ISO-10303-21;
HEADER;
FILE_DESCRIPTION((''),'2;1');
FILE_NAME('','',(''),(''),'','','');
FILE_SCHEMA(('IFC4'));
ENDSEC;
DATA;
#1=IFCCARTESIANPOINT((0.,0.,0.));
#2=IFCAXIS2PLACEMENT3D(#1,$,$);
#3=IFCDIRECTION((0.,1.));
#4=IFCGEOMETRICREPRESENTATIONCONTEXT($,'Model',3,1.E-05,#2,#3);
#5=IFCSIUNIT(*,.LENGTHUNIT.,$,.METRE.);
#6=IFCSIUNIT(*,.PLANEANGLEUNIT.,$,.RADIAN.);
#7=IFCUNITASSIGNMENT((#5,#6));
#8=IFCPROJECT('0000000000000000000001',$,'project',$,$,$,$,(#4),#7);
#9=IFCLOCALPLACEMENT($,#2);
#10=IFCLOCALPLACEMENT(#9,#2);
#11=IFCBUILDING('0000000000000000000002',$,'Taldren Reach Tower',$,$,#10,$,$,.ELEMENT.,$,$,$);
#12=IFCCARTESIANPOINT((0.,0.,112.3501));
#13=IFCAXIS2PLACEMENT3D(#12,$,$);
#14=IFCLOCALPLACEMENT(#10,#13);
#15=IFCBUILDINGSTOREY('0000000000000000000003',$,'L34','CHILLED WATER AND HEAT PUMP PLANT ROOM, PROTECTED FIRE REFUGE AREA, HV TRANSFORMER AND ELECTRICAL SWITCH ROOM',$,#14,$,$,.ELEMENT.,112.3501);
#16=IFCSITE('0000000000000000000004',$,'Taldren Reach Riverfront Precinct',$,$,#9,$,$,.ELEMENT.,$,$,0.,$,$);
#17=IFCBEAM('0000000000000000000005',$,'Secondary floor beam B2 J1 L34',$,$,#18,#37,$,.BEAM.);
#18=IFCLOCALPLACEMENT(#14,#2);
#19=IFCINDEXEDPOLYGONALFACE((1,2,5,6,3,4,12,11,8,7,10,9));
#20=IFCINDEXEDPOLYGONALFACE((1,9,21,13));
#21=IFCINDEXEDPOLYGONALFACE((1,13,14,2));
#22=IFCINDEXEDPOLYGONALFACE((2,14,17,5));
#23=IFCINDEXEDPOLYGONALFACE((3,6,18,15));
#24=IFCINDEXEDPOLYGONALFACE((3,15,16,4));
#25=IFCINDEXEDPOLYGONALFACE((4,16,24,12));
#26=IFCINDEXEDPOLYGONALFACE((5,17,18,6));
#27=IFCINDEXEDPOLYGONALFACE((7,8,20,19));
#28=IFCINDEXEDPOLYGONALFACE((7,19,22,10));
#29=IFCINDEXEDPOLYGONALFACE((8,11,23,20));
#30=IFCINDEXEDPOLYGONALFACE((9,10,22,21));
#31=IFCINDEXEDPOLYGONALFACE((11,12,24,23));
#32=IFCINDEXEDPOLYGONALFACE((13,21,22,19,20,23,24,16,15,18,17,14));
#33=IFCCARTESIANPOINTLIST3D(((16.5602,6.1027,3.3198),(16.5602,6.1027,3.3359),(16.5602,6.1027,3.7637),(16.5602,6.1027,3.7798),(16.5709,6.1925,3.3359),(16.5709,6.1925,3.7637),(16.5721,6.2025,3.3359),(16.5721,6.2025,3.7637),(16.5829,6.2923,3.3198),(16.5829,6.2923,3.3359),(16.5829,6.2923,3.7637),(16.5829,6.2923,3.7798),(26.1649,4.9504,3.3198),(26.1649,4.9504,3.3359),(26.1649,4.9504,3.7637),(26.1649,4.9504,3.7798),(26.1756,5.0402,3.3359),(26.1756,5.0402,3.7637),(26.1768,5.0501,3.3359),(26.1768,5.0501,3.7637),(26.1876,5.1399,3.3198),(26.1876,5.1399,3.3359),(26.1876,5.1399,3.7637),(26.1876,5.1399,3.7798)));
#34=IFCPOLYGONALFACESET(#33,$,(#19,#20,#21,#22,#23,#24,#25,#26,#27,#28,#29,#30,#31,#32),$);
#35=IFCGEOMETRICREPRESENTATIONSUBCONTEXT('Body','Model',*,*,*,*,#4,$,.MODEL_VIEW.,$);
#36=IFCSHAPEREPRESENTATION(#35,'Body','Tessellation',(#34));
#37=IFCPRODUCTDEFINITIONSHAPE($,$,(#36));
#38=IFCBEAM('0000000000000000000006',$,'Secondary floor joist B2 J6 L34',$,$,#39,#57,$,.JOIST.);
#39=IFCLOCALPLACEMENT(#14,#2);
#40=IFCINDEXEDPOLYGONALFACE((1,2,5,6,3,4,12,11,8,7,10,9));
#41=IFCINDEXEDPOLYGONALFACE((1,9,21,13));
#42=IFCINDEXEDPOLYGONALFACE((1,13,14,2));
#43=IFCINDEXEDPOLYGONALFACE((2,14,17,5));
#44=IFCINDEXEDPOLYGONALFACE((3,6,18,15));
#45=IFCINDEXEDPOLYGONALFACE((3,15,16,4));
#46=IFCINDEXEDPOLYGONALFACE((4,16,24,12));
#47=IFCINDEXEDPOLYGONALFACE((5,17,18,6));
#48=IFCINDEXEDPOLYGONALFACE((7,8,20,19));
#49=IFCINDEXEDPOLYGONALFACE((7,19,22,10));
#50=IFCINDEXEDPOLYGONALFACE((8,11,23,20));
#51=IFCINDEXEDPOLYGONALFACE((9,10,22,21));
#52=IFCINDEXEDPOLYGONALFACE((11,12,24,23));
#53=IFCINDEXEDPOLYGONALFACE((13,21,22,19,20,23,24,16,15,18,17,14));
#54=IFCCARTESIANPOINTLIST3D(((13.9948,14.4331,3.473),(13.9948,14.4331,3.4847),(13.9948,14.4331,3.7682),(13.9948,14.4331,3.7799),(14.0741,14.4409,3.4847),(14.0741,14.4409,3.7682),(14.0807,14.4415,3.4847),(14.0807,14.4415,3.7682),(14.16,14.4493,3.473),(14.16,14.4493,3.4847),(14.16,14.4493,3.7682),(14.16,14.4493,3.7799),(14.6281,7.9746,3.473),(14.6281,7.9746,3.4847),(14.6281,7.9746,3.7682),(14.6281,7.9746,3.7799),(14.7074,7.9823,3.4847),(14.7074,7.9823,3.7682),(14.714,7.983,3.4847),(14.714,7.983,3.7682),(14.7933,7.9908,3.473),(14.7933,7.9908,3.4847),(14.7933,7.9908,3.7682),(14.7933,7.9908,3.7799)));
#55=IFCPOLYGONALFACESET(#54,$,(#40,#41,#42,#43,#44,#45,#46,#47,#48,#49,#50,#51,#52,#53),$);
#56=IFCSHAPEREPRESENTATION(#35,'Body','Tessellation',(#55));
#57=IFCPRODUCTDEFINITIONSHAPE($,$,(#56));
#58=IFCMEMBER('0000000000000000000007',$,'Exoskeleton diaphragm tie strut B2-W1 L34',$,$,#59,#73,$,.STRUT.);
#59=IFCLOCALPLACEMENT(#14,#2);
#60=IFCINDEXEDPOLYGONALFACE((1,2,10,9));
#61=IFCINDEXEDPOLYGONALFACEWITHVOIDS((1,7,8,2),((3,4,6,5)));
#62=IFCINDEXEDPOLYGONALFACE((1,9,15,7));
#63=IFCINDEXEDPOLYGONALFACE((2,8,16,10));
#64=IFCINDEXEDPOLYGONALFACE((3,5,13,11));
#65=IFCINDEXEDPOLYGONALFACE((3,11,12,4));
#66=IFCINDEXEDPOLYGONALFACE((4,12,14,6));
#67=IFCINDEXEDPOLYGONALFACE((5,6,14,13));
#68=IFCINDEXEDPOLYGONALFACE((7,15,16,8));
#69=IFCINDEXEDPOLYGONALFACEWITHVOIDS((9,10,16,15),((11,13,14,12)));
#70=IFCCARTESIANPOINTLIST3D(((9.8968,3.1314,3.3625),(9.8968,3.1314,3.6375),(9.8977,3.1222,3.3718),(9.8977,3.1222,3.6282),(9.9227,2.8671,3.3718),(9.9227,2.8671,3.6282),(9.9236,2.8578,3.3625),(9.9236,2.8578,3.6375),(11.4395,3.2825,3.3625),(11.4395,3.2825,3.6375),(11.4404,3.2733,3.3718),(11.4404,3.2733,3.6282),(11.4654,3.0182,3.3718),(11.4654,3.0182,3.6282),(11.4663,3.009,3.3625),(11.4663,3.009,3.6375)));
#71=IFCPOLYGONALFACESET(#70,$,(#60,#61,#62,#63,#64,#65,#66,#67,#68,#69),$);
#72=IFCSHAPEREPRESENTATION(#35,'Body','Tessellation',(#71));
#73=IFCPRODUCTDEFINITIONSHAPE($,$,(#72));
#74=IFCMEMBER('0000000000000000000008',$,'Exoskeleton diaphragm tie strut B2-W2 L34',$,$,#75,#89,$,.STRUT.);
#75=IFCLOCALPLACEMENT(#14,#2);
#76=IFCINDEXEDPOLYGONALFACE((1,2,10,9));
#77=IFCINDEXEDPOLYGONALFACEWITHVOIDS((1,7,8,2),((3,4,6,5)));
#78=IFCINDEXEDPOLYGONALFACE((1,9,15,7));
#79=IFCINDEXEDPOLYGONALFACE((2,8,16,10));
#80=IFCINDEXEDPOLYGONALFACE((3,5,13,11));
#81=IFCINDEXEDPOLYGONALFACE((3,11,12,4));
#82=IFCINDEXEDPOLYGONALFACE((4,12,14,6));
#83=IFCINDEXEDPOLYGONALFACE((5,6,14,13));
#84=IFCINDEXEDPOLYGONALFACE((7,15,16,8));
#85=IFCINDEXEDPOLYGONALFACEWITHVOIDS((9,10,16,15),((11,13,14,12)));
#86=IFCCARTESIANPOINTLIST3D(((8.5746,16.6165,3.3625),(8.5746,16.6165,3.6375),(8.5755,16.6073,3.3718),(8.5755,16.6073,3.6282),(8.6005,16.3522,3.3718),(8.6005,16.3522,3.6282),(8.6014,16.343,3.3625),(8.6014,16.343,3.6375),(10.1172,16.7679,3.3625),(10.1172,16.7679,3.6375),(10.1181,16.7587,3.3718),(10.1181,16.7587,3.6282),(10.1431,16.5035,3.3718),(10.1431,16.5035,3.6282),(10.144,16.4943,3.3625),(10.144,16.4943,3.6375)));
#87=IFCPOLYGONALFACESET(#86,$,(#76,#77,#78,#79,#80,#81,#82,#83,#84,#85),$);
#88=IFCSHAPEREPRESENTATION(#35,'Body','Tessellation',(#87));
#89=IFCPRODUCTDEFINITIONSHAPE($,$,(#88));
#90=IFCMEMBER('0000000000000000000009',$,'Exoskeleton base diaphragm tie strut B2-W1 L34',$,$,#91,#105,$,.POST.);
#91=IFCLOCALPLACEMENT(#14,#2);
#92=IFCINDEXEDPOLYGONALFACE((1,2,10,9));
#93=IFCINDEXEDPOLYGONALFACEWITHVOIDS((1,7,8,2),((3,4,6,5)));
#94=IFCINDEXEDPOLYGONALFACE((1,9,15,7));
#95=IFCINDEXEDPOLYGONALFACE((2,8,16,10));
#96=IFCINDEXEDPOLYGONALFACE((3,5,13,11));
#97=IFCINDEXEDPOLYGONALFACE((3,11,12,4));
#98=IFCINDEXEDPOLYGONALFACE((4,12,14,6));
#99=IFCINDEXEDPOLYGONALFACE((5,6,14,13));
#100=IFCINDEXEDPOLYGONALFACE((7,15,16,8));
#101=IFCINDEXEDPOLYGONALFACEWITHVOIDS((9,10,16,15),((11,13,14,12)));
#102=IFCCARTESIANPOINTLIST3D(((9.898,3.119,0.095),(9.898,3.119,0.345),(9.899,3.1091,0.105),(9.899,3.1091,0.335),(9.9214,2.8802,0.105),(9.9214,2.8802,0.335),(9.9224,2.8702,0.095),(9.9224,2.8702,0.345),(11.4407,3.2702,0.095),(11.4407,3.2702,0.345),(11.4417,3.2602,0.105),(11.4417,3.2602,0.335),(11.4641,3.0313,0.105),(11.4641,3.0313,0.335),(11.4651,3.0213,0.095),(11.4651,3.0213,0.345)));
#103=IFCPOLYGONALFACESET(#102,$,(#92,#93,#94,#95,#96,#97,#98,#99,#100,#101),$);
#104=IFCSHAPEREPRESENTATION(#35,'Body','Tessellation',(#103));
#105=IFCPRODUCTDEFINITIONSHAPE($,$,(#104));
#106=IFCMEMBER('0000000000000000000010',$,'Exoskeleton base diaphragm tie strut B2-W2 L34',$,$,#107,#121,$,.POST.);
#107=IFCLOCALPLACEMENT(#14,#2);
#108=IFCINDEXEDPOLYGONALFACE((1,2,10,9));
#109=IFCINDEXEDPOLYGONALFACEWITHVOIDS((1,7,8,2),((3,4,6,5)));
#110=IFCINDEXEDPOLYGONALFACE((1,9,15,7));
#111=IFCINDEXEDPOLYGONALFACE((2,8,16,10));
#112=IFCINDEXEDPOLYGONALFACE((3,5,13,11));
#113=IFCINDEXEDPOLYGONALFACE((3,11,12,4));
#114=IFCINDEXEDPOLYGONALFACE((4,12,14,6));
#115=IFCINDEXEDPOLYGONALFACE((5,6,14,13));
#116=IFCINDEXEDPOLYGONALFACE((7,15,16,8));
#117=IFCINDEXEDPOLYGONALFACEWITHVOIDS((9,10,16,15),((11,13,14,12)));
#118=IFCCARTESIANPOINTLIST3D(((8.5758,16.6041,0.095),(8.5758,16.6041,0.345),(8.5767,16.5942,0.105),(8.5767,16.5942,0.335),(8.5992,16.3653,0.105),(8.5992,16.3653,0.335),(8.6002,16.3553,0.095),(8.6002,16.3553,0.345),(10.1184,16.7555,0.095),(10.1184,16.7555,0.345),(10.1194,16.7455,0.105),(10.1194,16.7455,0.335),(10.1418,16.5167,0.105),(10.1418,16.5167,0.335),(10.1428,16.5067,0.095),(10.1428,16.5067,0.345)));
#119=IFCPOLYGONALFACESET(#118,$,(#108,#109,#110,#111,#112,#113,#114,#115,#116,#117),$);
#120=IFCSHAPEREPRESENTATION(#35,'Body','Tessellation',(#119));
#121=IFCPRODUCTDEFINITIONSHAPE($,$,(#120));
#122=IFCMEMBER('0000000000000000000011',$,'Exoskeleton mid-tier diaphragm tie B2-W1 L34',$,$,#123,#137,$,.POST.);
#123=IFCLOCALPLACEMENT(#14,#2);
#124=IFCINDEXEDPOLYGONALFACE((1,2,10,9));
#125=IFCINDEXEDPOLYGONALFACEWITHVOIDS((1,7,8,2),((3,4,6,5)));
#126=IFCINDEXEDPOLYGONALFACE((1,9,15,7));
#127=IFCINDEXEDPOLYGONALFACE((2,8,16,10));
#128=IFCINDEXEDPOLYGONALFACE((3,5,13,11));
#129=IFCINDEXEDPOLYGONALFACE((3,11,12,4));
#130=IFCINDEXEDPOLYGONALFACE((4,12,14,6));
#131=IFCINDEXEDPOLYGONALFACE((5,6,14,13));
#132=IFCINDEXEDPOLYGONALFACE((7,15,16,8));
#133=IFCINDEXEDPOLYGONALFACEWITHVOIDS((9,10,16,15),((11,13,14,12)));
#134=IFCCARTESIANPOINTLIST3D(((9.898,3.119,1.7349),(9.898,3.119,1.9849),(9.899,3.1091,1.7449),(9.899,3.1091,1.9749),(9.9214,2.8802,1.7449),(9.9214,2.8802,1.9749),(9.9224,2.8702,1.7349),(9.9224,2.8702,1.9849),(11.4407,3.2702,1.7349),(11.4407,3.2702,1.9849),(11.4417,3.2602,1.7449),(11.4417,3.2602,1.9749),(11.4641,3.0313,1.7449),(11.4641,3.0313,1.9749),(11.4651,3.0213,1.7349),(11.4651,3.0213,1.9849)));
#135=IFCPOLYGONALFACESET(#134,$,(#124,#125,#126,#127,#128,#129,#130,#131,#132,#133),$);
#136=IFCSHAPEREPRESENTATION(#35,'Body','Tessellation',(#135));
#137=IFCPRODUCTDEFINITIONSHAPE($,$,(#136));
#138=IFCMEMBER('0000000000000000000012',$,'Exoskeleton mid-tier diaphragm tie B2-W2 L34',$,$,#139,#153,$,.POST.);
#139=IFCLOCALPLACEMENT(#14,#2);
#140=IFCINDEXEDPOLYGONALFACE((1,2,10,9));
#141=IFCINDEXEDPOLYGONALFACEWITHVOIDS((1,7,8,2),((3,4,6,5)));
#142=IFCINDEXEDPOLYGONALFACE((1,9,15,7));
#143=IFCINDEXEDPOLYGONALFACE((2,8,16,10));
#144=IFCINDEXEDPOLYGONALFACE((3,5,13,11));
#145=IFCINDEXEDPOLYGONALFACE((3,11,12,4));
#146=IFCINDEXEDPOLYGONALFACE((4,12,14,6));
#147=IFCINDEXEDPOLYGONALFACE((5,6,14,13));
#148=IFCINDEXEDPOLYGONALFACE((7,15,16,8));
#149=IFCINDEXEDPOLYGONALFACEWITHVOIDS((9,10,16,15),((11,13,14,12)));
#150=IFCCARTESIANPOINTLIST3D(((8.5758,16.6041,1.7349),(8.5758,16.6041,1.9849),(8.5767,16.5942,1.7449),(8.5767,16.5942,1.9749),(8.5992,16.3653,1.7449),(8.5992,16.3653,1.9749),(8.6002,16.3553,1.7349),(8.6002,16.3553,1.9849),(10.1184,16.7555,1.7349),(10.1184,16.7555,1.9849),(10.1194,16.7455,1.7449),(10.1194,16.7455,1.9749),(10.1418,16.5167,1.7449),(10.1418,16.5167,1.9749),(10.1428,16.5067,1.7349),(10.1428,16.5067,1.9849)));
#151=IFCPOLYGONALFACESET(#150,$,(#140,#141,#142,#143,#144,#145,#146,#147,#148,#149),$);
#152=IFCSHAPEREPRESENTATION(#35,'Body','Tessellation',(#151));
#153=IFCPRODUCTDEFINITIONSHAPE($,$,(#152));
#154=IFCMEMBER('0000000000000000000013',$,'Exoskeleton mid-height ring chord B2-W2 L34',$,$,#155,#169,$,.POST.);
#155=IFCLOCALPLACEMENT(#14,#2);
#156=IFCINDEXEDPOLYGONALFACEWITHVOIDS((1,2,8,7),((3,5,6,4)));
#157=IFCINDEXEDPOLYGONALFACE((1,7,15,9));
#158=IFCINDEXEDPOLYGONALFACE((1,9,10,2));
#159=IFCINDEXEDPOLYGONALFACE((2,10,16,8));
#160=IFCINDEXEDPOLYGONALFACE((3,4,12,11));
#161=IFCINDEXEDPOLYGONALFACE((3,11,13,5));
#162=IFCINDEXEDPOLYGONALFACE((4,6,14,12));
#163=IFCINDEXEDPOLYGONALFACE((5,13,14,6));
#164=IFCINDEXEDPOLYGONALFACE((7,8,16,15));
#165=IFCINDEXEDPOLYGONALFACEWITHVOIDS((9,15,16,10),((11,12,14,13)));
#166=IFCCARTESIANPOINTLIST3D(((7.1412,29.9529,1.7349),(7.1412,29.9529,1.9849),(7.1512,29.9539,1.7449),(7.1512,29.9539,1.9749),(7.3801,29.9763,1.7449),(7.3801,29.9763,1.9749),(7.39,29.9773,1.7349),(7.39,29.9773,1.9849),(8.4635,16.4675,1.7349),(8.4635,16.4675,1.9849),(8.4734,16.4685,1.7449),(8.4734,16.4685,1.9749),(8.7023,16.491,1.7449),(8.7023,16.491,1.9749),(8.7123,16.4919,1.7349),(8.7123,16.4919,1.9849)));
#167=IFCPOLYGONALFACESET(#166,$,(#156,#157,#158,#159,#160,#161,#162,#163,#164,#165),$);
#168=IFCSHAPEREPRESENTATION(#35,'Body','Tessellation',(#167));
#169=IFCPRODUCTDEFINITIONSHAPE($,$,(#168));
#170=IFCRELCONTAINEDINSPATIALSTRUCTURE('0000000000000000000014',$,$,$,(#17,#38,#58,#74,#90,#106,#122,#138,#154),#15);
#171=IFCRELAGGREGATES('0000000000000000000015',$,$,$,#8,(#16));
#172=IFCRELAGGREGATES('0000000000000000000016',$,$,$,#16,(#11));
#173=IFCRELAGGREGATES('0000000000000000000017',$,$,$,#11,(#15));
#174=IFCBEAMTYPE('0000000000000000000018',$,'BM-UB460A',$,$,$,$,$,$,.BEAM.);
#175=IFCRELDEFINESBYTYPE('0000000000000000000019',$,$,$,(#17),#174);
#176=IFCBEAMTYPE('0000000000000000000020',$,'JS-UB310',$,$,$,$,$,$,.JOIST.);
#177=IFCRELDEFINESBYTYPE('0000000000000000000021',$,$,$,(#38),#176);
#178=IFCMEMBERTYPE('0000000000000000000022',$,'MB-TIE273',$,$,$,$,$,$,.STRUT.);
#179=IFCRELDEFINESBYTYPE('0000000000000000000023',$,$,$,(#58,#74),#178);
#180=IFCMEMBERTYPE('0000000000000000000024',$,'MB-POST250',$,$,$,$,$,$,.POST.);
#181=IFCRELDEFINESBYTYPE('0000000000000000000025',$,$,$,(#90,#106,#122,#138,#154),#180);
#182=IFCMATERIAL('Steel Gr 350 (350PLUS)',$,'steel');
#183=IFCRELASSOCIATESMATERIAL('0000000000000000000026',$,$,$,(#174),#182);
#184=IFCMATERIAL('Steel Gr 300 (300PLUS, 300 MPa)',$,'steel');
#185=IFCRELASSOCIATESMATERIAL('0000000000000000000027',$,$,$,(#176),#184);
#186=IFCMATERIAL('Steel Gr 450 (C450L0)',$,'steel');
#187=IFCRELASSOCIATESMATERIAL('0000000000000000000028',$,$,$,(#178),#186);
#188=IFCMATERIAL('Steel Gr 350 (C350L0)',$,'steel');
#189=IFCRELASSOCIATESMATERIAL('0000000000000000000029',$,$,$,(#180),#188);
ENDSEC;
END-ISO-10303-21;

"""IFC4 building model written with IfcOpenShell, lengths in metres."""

from ifc_helpers import new_model, si_unit, direction, frame, origin, origin_2d, place, context, subcontext, project, spatial, hollow_rectangle, i_section, extrude, source, transform, mapped, material, material_profile, profile_set, type_object, element, save


model = new_model("IFC4")

# Units and contexts
model_context = context("Model", 3, precision=1e-05, world=origin(), true_north=direction((0.0, 1.0)))
body_context = subcontext(model_context, "Body", "Model", "MODEL_VIEW")
ifc_project = project(units=[si_unit("LENGTHUNIT", "METRE"), si_unit("PLANEANGLEUNIT", "RADIAN")], contexts=[model_context])

# Site, building, storey
site_placement = place(None, origin())
site = spatial("IfcSite", under=ifc_project, at=site_placement, Name="Taldren Reach Riverfront Precinct", CompositionType="ELEMENT", RefElevation=0.0)
building_placement = place(site_placement, origin())
building = spatial("IfcBuilding", under=site, at=building_placement, Name="Taldren Reach Tower", CompositionType="ELEMENT")
storey_placement = place(building_placement, frame((0.0, 0.0, 112.3501)))
storey = spatial("IfcBuildingStorey", under=building, at=storey_placement, Name="L34", Description="CHILLED WATER AND HEAT PUMP PLANT ROOM, PROTECTED FIRE REFUGE AREA, HV TRANSFORMER AND ELECTRICAL SWITCH ROOM", CompositionType="ELEMENT", Elevation=112.3501)

# Shared definitions
ifc_material_1 = material(Name="Steel Gr 350 (350PLUS)", Category="steel")

# Beams
ifc_material_profile_1 = material_profile(ifc_material_1, i_section(OverallWidth=0.1909, OverallDepth=0.46, WebThickness=0.01, FlangeThickness=0.0161, at=origin_2d()), Name="460UB82.1")
ifc_profile_set_1 = profile_set([ifc_material_profile_1], Name="Steel Gr 350 (350PLUS)")
beam_type_1 = type_object("IfcBeamType", Name="BM-UB460A", PredefinedType="BEAM", material=ifc_profile_set_1)
shared_shape_1 = source(origin(), body_context, "Body", "SweptSolid", [
    extrude(i_section(OverallWidth=0.1909, OverallDepth=0.46, WebThickness=0.01, FlangeThickness=0.0161, at=origin_2d()), origin(), (0.0, 0.0, 1.0), 9.6736),
])
beam_1_placement = place(storey_placement, frame((16.5715, 6.1975, 3.5498), z_axis=(0.99288, -0.119122, 0.0), x_axis=(0.119122, 0.99288, 0.0)))
element("IfcBeam", 1, at=beam_1_placement, inside=storey, type_object=beam_type_1, Name="Secondary floor beam B2 J1 L34", PredefinedType="BEAM", context=body_context, shape_type="MappedRepresentation", body=[
    mapped(shared_shape_1, transform((0.0, 0.0, 0.0), scale=1.0)),
])
ifc_material_2 = material(Name="Steel Gr 300 (300PLUS, 300 MPa)", Category="steel")
ifc_material_profile_2 = material_profile(ifc_material_2, i_section(OverallWidth=0.166, OverallDepth=0.3069, WebThickness=0.0066, FlangeThickness=0.0117, at=origin_2d()), Name="310UB46.2")
ifc_profile_set_2 = profile_set([ifc_material_profile_2], Name="Steel Gr 300 (300PLUS, 300 MPa)")
beam_type_2 = type_object("IfcBeamType", Name="JS-UB310", PredefinedType="JOIST", material=ifc_profile_set_2)
shared_shape_2 = source(origin(), body_context, "Body", "SweptSolid", [
    extrude(i_section(OverallWidth=0.166, OverallDepth=0.3069, WebThickness=0.0066, FlangeThickness=0.0117, at=origin_2d()), origin(), (0.0, 0.0, 1.0), 6.4895),
])
beam_2_placement = place(storey_placement, frame((14.7107, 7.9827, 3.6265), z_axis=(-0.097589, 0.995227, 0.0), x_axis=(-0.995227, -0.097589, 0.0)))
element("IfcBeam", 2, at=beam_2_placement, inside=storey, type_object=beam_type_2, Name="Secondary floor joist B2 J6 L34", PredefinedType="JOIST", context=body_context, shape_type="MappedRepresentation", body=[
    mapped(shared_shape_2, transform((0.0, 0.0, 0.0), scale=1.0)),
])

# Members
ifc_material_3 = material(Name="Steel Gr 450 (C450L0)", Category="steel")
ifc_material_profile_3 = material_profile(ifc_material_3, hollow_rectangle(XDim=0.2749, YDim=0.2749, WallThickness=0.0093, at=origin_2d()), Name="275x275x9.3SHS")
ifc_profile_set_3 = profile_set([ifc_material_profile_3], Name="Steel Gr 450 (C450L0)")
member_type_1 = type_object("IfcMemberType", Name="MB-TIE273", PredefinedType="STRUT", material=ifc_profile_set_3)
shared_shape_3 = source(origin(), body_context, "Body", "SweptSolid", [
    extrude(hollow_rectangle(XDim=0.2749, YDim=0.2749, WallThickness=0.0093, at=origin_2d()), origin(), (0.0, 0.0, 1.0), 1.55),
])
for number, where, z_axis, x_axis, name in (
    (3, (11.4529, 3.1458, 3.5), (-0.995236, -0.097492, 0.0), (0.097492, -0.995236, 0.0), "Exoskeleton diaphragm tie strut B2-W1 L34"),
    (4, (10.1306, 16.6311, 3.5), (-0.995221, -0.097648, 0.0), (0.097648, -0.995221, 0.0), "Exoskeleton diaphragm tie strut B2-W2 L34"),
):
    element("IfcMember", number, at=place(storey_placement, frame(where, z_axis=z_axis, x_axis=x_axis)), inside=storey, type_object=member_type_1, Name=name, PredefinedType="STRUT", context=body_context, shape_type="MappedRepresentation", body=[
        mapped(shared_shape_3, transform((0.0, 0.0, 0.0), scale=1.0)),
    ])
ifc_material_4 = material(Name="Steel Gr 350 (C350L0)", Category="steel")
ifc_material_profile_4 = material_profile(ifc_material_4, hollow_rectangle(XDim=0.25, YDim=0.25, WallThickness=0.01, at=origin_2d()), Name="250x250x10.0SHS")
ifc_profile_set_4 = profile_set([ifc_material_profile_4], Name="Steel Gr 350 (C350L0)")
member_type_2 = type_object("IfcMemberType", Name="MB-POST250", PredefinedType="POST", material=ifc_profile_set_4)
shared_shape_4 = source(origin(), body_context, "Body", "SweptSolid", [
    extrude(hollow_rectangle(XDim=0.25, YDim=0.25, WallThickness=0.01, at=origin_2d()), origin(), (0.0, 0.0, 1.0), 1.55),
])
for number, where, z_axis, x_axis, name in (
    (5, (11.4529, 3.1458, 0.22), (-0.995236, -0.097492, 0.0), (0.097492, -0.995236, 0.0), "Exoskeleton base diaphragm tie strut B2-W1 L34"),
    (6, (10.1306, 16.6311, 0.22), (-0.995221, -0.097648, 0.0), (0.097648, -0.995221, 0.0), "Exoskeleton base diaphragm tie strut B2-W2 L34"),
    (7, (11.4529, 3.1458, 1.8599), (-0.995236, -0.097492, 0.0), (0.097492, -0.995236, 0.0), "Exoskeleton mid-tier diaphragm tie B2-W1 L34"),
    (8, (10.1306, 16.6311, 1.8599), (-0.995221, -0.097648, 0.0), (0.097648, -0.995221, 0.0), "Exoskeleton mid-tier diaphragm tie B2-W2 L34"),
):
    element("IfcMember", number, at=place(storey_placement, frame(where, z_axis=z_axis, x_axis=x_axis)), inside=storey, type_object=member_type_2, Name=name, PredefinedType="POST", context=body_context, shape_type="MappedRepresentation", body=[
        mapped(shared_shape_4, transform((0.0, 0.0, 0.0), scale=1.0)),
    ])
shared_shape_5 = source(origin(), body_context, "Body", "SweptSolid", [
    extrude(hollow_rectangle(XDim=0.25, YDim=0.25, WallThickness=0.01, at=origin_2d()), origin(), (0.0, 0.0, 1.0), 13.55),
])
member_1_placement = place(storey_placement, frame((8.5879, 16.4797, 1.8599), z_axis=(-0.097584, 0.995227, 0.0), x_axis=(-0.995227, -0.097584, 0.0)))
element("IfcMember", 9, at=member_1_placement, inside=storey, type_object=member_type_2, Name="Exoskeleton mid-height ring chord B2-W2 L34", PredefinedType="POST", context=body_context, shape_type="MappedRepresentation", body=[
    mapped(shared_shape_5, transform((0.0, 0.0, 0.0), scale=1.0)),
])

save(model, "model.ifc")
